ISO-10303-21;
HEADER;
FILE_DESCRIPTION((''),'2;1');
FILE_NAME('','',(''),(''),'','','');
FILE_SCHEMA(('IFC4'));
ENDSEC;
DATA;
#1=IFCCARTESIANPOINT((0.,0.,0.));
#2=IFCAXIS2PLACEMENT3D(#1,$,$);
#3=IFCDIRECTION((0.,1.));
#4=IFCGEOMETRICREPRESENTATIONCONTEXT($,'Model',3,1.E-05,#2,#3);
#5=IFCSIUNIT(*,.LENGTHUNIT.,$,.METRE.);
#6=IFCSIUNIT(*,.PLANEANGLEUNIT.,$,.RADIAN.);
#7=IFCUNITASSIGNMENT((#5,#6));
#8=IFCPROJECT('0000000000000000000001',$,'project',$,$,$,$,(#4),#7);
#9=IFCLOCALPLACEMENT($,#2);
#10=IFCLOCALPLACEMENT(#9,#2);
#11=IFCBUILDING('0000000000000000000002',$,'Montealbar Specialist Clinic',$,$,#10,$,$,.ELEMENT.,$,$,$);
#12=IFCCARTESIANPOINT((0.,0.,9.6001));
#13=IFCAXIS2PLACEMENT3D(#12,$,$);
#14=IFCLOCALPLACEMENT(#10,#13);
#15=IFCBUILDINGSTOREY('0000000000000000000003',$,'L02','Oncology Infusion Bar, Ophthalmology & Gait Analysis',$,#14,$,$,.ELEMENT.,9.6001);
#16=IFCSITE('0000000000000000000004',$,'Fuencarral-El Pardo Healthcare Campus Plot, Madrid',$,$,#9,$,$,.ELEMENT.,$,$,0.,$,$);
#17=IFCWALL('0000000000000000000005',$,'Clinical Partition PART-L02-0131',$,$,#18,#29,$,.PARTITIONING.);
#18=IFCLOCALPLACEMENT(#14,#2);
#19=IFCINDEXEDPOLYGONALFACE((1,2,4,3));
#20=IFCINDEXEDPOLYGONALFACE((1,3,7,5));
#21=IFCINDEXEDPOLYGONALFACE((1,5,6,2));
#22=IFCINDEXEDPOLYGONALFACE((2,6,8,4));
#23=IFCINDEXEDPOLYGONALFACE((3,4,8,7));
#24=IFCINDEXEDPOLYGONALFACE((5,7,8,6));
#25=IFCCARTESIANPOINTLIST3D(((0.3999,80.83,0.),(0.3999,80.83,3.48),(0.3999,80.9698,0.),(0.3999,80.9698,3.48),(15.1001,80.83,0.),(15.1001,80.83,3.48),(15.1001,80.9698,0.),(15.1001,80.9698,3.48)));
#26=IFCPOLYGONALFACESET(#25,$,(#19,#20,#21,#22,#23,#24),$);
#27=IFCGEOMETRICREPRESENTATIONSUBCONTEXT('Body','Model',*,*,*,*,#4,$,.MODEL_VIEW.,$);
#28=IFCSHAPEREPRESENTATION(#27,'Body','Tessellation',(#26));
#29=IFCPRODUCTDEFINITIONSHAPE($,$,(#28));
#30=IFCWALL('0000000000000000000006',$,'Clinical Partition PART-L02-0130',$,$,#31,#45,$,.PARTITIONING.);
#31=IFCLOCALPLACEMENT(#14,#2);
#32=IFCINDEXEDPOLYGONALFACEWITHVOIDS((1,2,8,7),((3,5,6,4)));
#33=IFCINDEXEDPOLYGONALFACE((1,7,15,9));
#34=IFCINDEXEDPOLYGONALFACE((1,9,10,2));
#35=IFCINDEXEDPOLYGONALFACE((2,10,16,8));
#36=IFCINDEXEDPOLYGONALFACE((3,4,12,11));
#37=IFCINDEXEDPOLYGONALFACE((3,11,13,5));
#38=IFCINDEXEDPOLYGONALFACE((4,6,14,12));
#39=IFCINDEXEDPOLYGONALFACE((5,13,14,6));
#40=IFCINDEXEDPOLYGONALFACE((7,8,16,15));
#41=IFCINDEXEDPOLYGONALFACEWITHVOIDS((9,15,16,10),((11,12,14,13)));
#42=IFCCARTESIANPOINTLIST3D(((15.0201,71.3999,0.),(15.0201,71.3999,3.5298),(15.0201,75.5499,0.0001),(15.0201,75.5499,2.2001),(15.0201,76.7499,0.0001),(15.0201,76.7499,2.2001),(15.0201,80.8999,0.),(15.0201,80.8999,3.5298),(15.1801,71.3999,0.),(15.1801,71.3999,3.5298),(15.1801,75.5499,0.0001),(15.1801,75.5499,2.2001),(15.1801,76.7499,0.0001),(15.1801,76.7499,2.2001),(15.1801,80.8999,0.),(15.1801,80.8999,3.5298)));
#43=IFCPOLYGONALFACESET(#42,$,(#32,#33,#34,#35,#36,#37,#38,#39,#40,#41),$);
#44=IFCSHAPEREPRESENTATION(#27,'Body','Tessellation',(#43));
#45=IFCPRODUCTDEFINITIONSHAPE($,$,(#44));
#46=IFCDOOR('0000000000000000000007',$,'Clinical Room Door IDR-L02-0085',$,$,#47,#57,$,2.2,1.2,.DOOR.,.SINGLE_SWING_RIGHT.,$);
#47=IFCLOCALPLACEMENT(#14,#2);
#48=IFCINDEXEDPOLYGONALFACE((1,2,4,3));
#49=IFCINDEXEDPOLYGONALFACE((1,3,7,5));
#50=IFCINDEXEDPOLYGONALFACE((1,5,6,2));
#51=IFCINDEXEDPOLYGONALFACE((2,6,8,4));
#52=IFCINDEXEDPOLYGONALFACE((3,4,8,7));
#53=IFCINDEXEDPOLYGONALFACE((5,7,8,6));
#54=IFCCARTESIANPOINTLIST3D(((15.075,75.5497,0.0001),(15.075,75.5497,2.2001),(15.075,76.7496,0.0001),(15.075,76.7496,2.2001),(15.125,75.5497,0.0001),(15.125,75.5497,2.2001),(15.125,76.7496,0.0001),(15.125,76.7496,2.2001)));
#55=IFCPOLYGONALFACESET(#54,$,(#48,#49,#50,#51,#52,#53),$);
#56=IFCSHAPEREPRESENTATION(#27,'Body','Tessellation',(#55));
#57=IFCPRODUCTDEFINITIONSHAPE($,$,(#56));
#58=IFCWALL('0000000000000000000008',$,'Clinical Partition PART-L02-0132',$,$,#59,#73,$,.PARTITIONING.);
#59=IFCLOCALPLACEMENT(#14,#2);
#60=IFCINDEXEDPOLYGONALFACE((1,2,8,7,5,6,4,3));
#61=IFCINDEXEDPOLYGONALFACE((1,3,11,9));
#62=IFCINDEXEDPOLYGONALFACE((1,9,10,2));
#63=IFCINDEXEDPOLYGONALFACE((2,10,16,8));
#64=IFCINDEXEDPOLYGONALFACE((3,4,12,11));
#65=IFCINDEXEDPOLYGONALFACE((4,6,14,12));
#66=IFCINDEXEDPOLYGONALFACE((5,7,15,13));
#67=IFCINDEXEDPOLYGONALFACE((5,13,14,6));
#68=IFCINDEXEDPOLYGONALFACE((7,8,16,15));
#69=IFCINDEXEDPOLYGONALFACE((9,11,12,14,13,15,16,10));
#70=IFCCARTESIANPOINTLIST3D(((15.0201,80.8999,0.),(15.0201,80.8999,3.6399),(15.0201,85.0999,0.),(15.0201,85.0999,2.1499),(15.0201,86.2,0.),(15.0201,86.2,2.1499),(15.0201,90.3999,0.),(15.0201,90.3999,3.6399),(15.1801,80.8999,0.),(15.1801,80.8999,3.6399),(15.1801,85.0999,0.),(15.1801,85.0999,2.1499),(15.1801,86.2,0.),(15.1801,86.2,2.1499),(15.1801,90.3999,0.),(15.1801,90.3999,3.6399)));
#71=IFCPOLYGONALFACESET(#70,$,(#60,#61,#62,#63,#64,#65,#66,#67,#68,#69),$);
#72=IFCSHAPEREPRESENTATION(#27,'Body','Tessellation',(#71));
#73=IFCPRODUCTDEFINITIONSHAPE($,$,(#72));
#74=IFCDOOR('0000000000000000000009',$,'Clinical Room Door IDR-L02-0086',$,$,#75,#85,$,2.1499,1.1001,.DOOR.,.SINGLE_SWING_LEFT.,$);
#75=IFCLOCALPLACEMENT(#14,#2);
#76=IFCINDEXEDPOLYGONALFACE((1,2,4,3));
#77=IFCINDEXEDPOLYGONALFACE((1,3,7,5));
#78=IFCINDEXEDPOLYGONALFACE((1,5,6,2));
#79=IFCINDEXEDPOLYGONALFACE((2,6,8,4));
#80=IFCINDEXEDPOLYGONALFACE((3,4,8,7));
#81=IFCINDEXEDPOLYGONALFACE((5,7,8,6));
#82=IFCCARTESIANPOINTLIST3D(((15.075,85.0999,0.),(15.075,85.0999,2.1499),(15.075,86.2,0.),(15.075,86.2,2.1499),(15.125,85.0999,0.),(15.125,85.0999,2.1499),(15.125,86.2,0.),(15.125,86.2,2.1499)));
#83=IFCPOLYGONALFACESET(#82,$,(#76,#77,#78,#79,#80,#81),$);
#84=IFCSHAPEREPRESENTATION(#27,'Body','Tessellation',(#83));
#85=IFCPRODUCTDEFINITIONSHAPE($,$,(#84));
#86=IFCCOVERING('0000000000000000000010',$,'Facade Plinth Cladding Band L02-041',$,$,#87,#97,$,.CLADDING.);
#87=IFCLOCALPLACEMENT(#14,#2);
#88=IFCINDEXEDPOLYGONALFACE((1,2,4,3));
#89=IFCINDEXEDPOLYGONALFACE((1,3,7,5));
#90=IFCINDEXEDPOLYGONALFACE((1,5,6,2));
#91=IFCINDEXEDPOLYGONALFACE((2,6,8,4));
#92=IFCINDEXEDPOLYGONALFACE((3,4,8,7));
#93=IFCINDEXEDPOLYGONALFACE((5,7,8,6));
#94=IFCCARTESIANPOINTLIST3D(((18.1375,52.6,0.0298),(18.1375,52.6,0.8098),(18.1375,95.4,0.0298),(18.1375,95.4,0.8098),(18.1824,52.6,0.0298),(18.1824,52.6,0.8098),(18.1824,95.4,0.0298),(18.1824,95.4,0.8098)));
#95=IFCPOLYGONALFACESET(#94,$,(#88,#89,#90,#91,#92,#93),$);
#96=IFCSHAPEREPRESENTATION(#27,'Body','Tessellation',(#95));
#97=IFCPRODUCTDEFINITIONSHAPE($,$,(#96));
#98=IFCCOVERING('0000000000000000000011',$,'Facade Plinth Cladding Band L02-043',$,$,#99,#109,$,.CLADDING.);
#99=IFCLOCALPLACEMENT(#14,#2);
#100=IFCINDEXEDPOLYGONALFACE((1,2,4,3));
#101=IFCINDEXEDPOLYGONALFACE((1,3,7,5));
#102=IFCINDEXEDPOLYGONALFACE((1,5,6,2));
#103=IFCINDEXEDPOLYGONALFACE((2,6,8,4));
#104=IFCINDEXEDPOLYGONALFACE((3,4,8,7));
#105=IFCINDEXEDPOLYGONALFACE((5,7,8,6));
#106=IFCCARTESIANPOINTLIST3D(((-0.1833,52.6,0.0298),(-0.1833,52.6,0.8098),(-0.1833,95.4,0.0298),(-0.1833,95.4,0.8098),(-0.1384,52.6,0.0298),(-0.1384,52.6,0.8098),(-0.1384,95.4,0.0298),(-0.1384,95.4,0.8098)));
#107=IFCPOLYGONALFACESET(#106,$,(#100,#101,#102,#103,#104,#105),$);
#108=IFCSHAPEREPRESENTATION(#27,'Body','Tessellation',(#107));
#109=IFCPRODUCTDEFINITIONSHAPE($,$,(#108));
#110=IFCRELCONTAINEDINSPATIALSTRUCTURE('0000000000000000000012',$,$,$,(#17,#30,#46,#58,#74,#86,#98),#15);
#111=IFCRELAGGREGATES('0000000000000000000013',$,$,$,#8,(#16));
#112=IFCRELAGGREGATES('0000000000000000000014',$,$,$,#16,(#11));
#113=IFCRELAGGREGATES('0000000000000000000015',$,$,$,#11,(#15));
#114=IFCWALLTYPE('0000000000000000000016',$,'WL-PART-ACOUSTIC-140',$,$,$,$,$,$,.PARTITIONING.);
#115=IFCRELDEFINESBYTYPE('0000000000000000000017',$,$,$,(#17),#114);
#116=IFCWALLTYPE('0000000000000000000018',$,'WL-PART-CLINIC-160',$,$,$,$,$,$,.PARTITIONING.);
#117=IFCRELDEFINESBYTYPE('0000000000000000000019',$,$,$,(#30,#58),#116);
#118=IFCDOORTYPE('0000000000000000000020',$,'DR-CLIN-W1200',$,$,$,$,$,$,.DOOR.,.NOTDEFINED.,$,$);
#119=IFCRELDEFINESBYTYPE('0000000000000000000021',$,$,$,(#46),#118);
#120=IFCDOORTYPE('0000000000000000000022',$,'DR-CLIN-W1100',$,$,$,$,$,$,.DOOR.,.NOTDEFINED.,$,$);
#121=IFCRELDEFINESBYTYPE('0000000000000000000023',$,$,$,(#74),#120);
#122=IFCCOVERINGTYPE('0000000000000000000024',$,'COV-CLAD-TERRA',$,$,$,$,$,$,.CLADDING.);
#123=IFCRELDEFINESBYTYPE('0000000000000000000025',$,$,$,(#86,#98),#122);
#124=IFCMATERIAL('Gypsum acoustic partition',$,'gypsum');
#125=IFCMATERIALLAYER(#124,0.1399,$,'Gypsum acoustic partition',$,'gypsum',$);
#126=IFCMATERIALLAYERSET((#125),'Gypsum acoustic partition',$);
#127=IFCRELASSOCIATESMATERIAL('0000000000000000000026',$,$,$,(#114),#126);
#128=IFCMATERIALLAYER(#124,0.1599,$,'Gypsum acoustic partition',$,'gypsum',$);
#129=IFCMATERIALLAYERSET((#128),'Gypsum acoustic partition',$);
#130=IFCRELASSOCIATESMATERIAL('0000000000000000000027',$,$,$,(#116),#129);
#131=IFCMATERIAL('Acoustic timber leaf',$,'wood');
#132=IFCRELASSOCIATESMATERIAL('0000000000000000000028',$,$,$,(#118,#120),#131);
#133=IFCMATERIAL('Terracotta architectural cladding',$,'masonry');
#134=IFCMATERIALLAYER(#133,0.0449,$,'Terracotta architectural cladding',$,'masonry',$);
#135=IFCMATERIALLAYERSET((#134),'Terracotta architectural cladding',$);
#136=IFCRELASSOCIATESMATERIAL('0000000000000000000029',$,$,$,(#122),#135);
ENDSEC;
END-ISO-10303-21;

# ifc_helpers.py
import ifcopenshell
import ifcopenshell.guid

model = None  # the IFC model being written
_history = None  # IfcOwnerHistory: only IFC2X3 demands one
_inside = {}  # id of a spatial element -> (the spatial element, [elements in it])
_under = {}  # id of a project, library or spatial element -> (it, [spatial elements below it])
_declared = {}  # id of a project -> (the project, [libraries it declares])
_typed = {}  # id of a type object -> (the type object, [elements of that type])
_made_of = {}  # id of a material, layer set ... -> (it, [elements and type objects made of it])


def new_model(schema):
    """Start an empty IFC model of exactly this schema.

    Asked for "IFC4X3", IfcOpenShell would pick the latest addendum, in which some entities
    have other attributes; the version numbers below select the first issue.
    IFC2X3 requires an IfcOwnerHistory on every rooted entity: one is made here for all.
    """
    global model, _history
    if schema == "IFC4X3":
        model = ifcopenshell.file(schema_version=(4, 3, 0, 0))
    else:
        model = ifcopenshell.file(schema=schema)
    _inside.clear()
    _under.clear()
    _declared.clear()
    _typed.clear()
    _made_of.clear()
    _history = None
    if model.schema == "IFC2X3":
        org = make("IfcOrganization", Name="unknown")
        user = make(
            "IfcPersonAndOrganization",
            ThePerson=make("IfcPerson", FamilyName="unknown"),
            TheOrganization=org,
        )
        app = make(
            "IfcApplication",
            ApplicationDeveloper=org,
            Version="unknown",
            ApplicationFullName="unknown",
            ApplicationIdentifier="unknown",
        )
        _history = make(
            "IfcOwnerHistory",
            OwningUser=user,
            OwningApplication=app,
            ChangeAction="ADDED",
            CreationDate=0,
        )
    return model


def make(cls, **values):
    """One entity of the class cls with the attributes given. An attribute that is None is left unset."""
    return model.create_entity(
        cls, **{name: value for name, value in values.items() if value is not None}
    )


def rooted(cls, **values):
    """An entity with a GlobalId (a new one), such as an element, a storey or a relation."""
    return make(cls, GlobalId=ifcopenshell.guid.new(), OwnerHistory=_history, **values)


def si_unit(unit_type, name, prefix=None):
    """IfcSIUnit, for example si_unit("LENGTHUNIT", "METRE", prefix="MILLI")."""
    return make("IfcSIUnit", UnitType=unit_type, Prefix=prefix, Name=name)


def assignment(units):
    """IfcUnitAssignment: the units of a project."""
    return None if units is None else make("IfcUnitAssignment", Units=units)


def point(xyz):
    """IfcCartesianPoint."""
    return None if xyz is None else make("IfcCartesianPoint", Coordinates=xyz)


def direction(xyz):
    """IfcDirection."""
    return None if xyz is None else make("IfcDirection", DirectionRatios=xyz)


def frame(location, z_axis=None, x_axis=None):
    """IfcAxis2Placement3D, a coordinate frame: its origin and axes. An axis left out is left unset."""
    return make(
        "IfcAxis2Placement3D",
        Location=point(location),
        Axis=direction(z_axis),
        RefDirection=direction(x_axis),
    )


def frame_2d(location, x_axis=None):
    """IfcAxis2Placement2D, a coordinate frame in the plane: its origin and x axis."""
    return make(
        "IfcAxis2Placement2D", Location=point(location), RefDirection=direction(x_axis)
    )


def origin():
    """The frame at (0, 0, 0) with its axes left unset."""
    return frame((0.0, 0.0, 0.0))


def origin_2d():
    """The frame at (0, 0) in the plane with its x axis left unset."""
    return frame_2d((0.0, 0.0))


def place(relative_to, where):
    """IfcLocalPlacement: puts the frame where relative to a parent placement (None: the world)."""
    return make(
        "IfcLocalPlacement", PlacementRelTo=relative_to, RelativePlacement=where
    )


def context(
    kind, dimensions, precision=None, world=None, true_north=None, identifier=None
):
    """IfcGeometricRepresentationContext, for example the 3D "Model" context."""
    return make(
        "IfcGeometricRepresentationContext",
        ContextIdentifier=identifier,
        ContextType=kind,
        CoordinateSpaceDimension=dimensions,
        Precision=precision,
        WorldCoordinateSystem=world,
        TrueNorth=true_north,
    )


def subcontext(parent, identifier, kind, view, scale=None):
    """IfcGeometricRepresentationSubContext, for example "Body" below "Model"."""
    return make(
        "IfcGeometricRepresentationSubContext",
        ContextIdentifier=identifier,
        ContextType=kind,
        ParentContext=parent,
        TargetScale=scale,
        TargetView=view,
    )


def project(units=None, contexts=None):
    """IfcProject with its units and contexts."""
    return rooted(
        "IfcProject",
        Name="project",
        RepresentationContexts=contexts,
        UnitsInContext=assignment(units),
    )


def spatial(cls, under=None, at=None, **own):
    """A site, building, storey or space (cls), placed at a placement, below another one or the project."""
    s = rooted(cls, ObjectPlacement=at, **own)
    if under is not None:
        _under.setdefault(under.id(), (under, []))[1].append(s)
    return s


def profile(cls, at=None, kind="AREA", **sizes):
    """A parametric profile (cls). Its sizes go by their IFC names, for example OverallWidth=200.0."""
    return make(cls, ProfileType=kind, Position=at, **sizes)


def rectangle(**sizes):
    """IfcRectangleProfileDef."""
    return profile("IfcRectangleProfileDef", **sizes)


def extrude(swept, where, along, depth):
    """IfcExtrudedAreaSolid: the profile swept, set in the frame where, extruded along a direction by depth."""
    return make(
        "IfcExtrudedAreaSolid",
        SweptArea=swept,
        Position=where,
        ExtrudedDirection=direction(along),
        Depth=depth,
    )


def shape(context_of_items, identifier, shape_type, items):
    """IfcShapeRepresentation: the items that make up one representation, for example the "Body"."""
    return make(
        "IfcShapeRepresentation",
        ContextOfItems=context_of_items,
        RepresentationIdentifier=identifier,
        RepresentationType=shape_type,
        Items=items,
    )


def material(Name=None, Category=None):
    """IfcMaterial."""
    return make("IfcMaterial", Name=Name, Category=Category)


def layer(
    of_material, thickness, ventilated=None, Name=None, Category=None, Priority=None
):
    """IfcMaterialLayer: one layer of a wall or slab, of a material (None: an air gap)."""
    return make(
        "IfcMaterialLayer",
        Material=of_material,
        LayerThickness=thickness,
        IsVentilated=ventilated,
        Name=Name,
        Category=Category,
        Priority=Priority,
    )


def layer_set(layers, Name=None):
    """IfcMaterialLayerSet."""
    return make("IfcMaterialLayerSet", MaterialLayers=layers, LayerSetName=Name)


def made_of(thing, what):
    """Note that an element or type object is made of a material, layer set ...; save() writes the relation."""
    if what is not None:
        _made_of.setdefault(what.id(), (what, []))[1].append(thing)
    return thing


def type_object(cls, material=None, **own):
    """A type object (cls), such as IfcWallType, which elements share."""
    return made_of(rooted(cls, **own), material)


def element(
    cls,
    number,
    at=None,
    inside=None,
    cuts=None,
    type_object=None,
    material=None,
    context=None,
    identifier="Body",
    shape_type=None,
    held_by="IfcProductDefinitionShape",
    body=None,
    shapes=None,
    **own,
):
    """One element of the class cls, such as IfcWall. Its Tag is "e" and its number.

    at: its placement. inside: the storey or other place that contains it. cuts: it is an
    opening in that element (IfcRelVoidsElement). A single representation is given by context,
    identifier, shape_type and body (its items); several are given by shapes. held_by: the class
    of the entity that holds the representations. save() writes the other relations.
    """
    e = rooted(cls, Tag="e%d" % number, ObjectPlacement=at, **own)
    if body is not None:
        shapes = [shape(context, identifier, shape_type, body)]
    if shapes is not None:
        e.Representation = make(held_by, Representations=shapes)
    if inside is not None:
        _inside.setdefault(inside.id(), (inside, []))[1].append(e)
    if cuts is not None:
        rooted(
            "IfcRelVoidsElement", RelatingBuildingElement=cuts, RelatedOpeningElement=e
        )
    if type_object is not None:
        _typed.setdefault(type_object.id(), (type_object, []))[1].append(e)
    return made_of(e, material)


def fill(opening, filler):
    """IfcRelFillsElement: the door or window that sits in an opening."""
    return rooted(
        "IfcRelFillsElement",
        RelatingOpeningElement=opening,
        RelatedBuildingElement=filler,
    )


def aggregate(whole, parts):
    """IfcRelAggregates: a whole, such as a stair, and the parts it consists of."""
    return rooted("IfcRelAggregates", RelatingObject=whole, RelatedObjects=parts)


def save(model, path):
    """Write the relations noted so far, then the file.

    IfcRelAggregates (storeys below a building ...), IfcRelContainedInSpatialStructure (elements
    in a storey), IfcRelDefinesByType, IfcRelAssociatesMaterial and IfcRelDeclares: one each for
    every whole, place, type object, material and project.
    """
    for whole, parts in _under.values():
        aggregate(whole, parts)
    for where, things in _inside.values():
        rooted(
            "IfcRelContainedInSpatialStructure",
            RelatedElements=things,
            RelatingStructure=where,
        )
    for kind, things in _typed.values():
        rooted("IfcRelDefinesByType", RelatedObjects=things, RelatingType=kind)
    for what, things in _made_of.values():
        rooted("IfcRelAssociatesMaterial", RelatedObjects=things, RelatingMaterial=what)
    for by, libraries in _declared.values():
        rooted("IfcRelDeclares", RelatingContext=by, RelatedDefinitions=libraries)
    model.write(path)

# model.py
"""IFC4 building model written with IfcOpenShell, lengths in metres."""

from ifc_helpers import new_model, si_unit, direction, frame, frame_2d, origin, origin_2d, place, context, subcontext, project, spatial, rectangle, extrude, material, layer, layer_set, type_object, element, fill, save


model = new_model("IFC4")

# Units and contexts
model_context = context("Model", 3, precision=1e-05, world=origin(), true_north=direction((0.0, 1.0)))
body_context = subcontext(model_context, "Body", "Model", "MODEL_VIEW")
ifc_project = project(units=[si_unit("LENGTHUNIT", "METRE"), si_unit("PLANEANGLEUNIT", "RADIAN")], contexts=[model_context])

# Site, building, storey
site_placement = place(None, origin())
site = spatial("IfcSite", under=ifc_project, at=site_placement, Name="Fuencarral-El Pardo Healthcare Campus Plot, Madrid", CompositionType="ELEMENT", RefElevation=0.0)
building_placement = place(site_placement, origin())
building = spatial("IfcBuilding", under=site, at=building_placement, Name="Montealbar Specialist Clinic", CompositionType="ELEMENT")
storey_placement = place(building_placement, frame((0.0, 0.0, 9.6001)))
storey = spatial("IfcBuildingStorey", under=building, at=storey_placement, Name="L02", Description="Oncology Infusion Bar, Ophthalmology & Gait Analysis", CompositionType="ELEMENT", Elevation=9.6001)

# Wall
ifc_material_1 = material(Name="Gypsum acoustic partition", Category="gypsum")
ifc_layer_1 = layer(ifc_material_1, 0.1399, Name="Gypsum acoustic partition", Category="gypsum")
ifc_layer_set_1 = layer_set([ifc_layer_1], Name="Gypsum acoustic partition")
wall_type_1 = type_object("IfcWallType", Name="WL-PART-ACOUSTIC-140", PredefinedType="PARTITIONING", material=ifc_layer_set_1)
wall_1_placement = place(storey_placement, frame((0.3999, 80.8999, 0.0), z_axis=(0.0, 0.0, 1.0), x_axis=(1.0, 0.0, 0.0)))
element("IfcWall", 1, at=wall_1_placement, inside=storey, type_object=wall_type_1, Name="Clinical Partition PART-L02-0131", PredefinedType="PARTITIONING", context=body_context, shape_type="SweptSolid", body=[
    extrude(rectangle(XDim=14.7002, YDim=0.1399, at=frame_2d((7.3501, 0.0))), origin(), (0.0, 0.0, 1.0), 3.48),
])

# Walls, openings, doors
ifc_layer_2 = layer(ifc_material_1, 0.1599, Name="Gypsum acoustic partition", Category="gypsum")
ifc_layer_set_2 = layer_set([ifc_layer_2], Name="Gypsum acoustic partition")
wall_type_2 = type_object("IfcWallType", Name="WL-PART-CLINIC-160", PredefinedType="PARTITIONING", material=ifc_layer_set_2)
wall_2_placement = place(storey_placement, frame((15.1001, 71.3999, 0.0), z_axis=(0.0, 0.0, 1.0), x_axis=(0.0, 1.0, 0.0)))
wall_2 = element("IfcWall", 2, at=wall_2_placement, inside=storey, type_object=wall_type_2, Name="Clinical Partition PART-L02-0130", PredefinedType="PARTITIONING", context=body_context, shape_type="SweptSolid", body=[
    extrude(rectangle(XDim=9.5, YDim=0.1599, at=frame_2d((4.75, 0.0))), origin(), (0.0, 0.0, 1.0), 3.5298),
])
opening_1_placement = place(wall_2_placement, frame((4.1499, 0.0, 0.0)))
opening_1 = element("IfcOpeningElement", 3, at=opening_1_placement, cuts=wall_2, PredefinedType="OPENING", context=body_context, shape_type="SweptSolid", body=[
    extrude(rectangle(XDim=1.2, YDim=2.2, at=frame_2d((0.6001, 1.1001))), frame((0.0, 0.0898, 0.0), z_axis=(0.0, -1.0, 0.0), x_axis=(1.0, 0.0, 0.0)), (0.0, 0.0, 1.0), 0.1799),
])
ifc_material_2 = material(Name="Acoustic timber leaf", Category="wood")
door_type_1 = type_object("IfcDoorType", Name="DR-CLIN-W1200", OperationType="NOTDEFINED", PredefinedType="DOOR", material=ifc_material_2)
door_1_placement = place(opening_1_placement, frame((1.2, 0.0, 0.0), z_axis=(0.0, 0.0, 1.0), x_axis=(-1.0, 0.0, 0.0)))
door_1 = element("IfcDoor", 4, at=door_1_placement, inside=storey, type_object=door_type_1, Name="Clinical Room Door IDR-L02-0085", OperationType="SINGLE_SWING_RIGHT", OverallHeight=2.2, OverallWidth=1.2, PredefinedType="DOOR", context=body_context, shape_type="SweptSolid", body=[
    extrude(rectangle(XDim=1.2, YDim=2.2, at=frame_2d((0.6001, 1.1001))), frame((0.0, 0.0249, 0.0), z_axis=(0.0, -1.0, 0.0), x_axis=(1.0, 0.0, 0.0)), (0.0, 0.0, 1.0), 0.05),
])
fill(opening_1, door_1)
wall_3_placement = place(storey_placement, frame((15.1001, 80.8999, 0.0), z_axis=(0.0, 0.0, 1.0), x_axis=(0.0, 1.0, 0.0)))
wall_3 = element("IfcWall", 5, at=wall_3_placement, inside=storey, type_object=wall_type_2, Name="Clinical Partition PART-L02-0132", PredefinedType="PARTITIONING", context=body_context, shape_type="SweptSolid", body=[
    extrude(rectangle(XDim=9.5, YDim=0.1599, at=frame_2d((4.75, 0.0))), origin(), (0.0, 0.0, 1.0), 3.6399),
])
opening_2_placement = place(wall_3_placement, frame((4.2, 0.0, 0.0)))
opening_2 = element("IfcOpeningElement", 6, at=opening_2_placement, cuts=wall_3, PredefinedType="OPENING", context=body_context, shape_type="SweptSolid", body=[
    extrude(rectangle(XDim=1.1001, YDim=2.1499, at=frame_2d((0.55, 1.075))), frame((0.0, 0.0898, 0.0), z_axis=(0.0, -1.0, 0.0), x_axis=(1.0, 0.0, 0.0)), (0.0, 0.0, 1.0), 0.1799),
])
door_type_2 = type_object("IfcDoorType", Name="DR-CLIN-W1100", OperationType="NOTDEFINED", PredefinedType="DOOR", material=ifc_material_2)
door_2_placement = place(opening_2_placement, frame((1.1001, 0.0, 0.0), z_axis=(0.0, 0.0, 1.0), x_axis=(-1.0, 0.0, 0.0)))
door_2 = element("IfcDoor", 7, at=door_2_placement, inside=storey, type_object=door_type_2, Name="Clinical Room Door IDR-L02-0086", OperationType="SINGLE_SWING_LEFT", OverallHeight=2.1499, OverallWidth=1.1001, PredefinedType="DOOR", context=body_context, shape_type="SweptSolid", body=[
    extrude(rectangle(XDim=1.1001, YDim=2.1499, at=frame_2d((0.55, 1.075))), frame((0.0, 0.0249, 0.0), z_axis=(0.0, -1.0, 0.0), x_axis=(1.0, 0.0, 0.0)), (0.0, 0.0, 1.0), 0.05),
])
fill(opening_2, door_2)

# Coverings
ifc_material_3 = material(Name="Terracotta architectural cladding", Category="masonry")
ifc_layer_3 = layer(ifc_material_3, 0.0449, Name="Terracotta architectural cladding", Category="masonry")
ifc_layer_set_3 = layer_set([ifc_layer_3], Name="Terracotta architectural cladding")
covering_type = type_object("IfcCoveringType", Name="COV-CLAD-TERRA", PredefinedType="CLADDING", material=ifc_layer_set_3)
for number, where, z_axis, x_axis, name in (
    (8, (18.1599, 74.0, 0.0298), (0.0, 0.0, 1.0), (0.0, -1.0, 0.0), "Facade Plinth Cladding Band L02-041"),
    (9, (-0.1609, 74.0, 0.0298), (0.0, 0.0, 1.0), (0.0, 1.0, 0.0), "Facade Plinth Cladding Band L02-043"),
):
    element("IfcCovering", number, at=place(storey_placement, frame(where, z_axis=z_axis, x_axis=x_axis)), inside=storey, type_object=covering_type, Name=name, PredefinedType="CLADDING", context=body_context, shape_type="SweptSolid", body=[
        extrude(rectangle(XDim=42.8, YDim=0.0449, at=origin_2d()), origin(), (0.0, 0.0, 1.0), 0.78),
    ])

save(model, "model.ifc")
